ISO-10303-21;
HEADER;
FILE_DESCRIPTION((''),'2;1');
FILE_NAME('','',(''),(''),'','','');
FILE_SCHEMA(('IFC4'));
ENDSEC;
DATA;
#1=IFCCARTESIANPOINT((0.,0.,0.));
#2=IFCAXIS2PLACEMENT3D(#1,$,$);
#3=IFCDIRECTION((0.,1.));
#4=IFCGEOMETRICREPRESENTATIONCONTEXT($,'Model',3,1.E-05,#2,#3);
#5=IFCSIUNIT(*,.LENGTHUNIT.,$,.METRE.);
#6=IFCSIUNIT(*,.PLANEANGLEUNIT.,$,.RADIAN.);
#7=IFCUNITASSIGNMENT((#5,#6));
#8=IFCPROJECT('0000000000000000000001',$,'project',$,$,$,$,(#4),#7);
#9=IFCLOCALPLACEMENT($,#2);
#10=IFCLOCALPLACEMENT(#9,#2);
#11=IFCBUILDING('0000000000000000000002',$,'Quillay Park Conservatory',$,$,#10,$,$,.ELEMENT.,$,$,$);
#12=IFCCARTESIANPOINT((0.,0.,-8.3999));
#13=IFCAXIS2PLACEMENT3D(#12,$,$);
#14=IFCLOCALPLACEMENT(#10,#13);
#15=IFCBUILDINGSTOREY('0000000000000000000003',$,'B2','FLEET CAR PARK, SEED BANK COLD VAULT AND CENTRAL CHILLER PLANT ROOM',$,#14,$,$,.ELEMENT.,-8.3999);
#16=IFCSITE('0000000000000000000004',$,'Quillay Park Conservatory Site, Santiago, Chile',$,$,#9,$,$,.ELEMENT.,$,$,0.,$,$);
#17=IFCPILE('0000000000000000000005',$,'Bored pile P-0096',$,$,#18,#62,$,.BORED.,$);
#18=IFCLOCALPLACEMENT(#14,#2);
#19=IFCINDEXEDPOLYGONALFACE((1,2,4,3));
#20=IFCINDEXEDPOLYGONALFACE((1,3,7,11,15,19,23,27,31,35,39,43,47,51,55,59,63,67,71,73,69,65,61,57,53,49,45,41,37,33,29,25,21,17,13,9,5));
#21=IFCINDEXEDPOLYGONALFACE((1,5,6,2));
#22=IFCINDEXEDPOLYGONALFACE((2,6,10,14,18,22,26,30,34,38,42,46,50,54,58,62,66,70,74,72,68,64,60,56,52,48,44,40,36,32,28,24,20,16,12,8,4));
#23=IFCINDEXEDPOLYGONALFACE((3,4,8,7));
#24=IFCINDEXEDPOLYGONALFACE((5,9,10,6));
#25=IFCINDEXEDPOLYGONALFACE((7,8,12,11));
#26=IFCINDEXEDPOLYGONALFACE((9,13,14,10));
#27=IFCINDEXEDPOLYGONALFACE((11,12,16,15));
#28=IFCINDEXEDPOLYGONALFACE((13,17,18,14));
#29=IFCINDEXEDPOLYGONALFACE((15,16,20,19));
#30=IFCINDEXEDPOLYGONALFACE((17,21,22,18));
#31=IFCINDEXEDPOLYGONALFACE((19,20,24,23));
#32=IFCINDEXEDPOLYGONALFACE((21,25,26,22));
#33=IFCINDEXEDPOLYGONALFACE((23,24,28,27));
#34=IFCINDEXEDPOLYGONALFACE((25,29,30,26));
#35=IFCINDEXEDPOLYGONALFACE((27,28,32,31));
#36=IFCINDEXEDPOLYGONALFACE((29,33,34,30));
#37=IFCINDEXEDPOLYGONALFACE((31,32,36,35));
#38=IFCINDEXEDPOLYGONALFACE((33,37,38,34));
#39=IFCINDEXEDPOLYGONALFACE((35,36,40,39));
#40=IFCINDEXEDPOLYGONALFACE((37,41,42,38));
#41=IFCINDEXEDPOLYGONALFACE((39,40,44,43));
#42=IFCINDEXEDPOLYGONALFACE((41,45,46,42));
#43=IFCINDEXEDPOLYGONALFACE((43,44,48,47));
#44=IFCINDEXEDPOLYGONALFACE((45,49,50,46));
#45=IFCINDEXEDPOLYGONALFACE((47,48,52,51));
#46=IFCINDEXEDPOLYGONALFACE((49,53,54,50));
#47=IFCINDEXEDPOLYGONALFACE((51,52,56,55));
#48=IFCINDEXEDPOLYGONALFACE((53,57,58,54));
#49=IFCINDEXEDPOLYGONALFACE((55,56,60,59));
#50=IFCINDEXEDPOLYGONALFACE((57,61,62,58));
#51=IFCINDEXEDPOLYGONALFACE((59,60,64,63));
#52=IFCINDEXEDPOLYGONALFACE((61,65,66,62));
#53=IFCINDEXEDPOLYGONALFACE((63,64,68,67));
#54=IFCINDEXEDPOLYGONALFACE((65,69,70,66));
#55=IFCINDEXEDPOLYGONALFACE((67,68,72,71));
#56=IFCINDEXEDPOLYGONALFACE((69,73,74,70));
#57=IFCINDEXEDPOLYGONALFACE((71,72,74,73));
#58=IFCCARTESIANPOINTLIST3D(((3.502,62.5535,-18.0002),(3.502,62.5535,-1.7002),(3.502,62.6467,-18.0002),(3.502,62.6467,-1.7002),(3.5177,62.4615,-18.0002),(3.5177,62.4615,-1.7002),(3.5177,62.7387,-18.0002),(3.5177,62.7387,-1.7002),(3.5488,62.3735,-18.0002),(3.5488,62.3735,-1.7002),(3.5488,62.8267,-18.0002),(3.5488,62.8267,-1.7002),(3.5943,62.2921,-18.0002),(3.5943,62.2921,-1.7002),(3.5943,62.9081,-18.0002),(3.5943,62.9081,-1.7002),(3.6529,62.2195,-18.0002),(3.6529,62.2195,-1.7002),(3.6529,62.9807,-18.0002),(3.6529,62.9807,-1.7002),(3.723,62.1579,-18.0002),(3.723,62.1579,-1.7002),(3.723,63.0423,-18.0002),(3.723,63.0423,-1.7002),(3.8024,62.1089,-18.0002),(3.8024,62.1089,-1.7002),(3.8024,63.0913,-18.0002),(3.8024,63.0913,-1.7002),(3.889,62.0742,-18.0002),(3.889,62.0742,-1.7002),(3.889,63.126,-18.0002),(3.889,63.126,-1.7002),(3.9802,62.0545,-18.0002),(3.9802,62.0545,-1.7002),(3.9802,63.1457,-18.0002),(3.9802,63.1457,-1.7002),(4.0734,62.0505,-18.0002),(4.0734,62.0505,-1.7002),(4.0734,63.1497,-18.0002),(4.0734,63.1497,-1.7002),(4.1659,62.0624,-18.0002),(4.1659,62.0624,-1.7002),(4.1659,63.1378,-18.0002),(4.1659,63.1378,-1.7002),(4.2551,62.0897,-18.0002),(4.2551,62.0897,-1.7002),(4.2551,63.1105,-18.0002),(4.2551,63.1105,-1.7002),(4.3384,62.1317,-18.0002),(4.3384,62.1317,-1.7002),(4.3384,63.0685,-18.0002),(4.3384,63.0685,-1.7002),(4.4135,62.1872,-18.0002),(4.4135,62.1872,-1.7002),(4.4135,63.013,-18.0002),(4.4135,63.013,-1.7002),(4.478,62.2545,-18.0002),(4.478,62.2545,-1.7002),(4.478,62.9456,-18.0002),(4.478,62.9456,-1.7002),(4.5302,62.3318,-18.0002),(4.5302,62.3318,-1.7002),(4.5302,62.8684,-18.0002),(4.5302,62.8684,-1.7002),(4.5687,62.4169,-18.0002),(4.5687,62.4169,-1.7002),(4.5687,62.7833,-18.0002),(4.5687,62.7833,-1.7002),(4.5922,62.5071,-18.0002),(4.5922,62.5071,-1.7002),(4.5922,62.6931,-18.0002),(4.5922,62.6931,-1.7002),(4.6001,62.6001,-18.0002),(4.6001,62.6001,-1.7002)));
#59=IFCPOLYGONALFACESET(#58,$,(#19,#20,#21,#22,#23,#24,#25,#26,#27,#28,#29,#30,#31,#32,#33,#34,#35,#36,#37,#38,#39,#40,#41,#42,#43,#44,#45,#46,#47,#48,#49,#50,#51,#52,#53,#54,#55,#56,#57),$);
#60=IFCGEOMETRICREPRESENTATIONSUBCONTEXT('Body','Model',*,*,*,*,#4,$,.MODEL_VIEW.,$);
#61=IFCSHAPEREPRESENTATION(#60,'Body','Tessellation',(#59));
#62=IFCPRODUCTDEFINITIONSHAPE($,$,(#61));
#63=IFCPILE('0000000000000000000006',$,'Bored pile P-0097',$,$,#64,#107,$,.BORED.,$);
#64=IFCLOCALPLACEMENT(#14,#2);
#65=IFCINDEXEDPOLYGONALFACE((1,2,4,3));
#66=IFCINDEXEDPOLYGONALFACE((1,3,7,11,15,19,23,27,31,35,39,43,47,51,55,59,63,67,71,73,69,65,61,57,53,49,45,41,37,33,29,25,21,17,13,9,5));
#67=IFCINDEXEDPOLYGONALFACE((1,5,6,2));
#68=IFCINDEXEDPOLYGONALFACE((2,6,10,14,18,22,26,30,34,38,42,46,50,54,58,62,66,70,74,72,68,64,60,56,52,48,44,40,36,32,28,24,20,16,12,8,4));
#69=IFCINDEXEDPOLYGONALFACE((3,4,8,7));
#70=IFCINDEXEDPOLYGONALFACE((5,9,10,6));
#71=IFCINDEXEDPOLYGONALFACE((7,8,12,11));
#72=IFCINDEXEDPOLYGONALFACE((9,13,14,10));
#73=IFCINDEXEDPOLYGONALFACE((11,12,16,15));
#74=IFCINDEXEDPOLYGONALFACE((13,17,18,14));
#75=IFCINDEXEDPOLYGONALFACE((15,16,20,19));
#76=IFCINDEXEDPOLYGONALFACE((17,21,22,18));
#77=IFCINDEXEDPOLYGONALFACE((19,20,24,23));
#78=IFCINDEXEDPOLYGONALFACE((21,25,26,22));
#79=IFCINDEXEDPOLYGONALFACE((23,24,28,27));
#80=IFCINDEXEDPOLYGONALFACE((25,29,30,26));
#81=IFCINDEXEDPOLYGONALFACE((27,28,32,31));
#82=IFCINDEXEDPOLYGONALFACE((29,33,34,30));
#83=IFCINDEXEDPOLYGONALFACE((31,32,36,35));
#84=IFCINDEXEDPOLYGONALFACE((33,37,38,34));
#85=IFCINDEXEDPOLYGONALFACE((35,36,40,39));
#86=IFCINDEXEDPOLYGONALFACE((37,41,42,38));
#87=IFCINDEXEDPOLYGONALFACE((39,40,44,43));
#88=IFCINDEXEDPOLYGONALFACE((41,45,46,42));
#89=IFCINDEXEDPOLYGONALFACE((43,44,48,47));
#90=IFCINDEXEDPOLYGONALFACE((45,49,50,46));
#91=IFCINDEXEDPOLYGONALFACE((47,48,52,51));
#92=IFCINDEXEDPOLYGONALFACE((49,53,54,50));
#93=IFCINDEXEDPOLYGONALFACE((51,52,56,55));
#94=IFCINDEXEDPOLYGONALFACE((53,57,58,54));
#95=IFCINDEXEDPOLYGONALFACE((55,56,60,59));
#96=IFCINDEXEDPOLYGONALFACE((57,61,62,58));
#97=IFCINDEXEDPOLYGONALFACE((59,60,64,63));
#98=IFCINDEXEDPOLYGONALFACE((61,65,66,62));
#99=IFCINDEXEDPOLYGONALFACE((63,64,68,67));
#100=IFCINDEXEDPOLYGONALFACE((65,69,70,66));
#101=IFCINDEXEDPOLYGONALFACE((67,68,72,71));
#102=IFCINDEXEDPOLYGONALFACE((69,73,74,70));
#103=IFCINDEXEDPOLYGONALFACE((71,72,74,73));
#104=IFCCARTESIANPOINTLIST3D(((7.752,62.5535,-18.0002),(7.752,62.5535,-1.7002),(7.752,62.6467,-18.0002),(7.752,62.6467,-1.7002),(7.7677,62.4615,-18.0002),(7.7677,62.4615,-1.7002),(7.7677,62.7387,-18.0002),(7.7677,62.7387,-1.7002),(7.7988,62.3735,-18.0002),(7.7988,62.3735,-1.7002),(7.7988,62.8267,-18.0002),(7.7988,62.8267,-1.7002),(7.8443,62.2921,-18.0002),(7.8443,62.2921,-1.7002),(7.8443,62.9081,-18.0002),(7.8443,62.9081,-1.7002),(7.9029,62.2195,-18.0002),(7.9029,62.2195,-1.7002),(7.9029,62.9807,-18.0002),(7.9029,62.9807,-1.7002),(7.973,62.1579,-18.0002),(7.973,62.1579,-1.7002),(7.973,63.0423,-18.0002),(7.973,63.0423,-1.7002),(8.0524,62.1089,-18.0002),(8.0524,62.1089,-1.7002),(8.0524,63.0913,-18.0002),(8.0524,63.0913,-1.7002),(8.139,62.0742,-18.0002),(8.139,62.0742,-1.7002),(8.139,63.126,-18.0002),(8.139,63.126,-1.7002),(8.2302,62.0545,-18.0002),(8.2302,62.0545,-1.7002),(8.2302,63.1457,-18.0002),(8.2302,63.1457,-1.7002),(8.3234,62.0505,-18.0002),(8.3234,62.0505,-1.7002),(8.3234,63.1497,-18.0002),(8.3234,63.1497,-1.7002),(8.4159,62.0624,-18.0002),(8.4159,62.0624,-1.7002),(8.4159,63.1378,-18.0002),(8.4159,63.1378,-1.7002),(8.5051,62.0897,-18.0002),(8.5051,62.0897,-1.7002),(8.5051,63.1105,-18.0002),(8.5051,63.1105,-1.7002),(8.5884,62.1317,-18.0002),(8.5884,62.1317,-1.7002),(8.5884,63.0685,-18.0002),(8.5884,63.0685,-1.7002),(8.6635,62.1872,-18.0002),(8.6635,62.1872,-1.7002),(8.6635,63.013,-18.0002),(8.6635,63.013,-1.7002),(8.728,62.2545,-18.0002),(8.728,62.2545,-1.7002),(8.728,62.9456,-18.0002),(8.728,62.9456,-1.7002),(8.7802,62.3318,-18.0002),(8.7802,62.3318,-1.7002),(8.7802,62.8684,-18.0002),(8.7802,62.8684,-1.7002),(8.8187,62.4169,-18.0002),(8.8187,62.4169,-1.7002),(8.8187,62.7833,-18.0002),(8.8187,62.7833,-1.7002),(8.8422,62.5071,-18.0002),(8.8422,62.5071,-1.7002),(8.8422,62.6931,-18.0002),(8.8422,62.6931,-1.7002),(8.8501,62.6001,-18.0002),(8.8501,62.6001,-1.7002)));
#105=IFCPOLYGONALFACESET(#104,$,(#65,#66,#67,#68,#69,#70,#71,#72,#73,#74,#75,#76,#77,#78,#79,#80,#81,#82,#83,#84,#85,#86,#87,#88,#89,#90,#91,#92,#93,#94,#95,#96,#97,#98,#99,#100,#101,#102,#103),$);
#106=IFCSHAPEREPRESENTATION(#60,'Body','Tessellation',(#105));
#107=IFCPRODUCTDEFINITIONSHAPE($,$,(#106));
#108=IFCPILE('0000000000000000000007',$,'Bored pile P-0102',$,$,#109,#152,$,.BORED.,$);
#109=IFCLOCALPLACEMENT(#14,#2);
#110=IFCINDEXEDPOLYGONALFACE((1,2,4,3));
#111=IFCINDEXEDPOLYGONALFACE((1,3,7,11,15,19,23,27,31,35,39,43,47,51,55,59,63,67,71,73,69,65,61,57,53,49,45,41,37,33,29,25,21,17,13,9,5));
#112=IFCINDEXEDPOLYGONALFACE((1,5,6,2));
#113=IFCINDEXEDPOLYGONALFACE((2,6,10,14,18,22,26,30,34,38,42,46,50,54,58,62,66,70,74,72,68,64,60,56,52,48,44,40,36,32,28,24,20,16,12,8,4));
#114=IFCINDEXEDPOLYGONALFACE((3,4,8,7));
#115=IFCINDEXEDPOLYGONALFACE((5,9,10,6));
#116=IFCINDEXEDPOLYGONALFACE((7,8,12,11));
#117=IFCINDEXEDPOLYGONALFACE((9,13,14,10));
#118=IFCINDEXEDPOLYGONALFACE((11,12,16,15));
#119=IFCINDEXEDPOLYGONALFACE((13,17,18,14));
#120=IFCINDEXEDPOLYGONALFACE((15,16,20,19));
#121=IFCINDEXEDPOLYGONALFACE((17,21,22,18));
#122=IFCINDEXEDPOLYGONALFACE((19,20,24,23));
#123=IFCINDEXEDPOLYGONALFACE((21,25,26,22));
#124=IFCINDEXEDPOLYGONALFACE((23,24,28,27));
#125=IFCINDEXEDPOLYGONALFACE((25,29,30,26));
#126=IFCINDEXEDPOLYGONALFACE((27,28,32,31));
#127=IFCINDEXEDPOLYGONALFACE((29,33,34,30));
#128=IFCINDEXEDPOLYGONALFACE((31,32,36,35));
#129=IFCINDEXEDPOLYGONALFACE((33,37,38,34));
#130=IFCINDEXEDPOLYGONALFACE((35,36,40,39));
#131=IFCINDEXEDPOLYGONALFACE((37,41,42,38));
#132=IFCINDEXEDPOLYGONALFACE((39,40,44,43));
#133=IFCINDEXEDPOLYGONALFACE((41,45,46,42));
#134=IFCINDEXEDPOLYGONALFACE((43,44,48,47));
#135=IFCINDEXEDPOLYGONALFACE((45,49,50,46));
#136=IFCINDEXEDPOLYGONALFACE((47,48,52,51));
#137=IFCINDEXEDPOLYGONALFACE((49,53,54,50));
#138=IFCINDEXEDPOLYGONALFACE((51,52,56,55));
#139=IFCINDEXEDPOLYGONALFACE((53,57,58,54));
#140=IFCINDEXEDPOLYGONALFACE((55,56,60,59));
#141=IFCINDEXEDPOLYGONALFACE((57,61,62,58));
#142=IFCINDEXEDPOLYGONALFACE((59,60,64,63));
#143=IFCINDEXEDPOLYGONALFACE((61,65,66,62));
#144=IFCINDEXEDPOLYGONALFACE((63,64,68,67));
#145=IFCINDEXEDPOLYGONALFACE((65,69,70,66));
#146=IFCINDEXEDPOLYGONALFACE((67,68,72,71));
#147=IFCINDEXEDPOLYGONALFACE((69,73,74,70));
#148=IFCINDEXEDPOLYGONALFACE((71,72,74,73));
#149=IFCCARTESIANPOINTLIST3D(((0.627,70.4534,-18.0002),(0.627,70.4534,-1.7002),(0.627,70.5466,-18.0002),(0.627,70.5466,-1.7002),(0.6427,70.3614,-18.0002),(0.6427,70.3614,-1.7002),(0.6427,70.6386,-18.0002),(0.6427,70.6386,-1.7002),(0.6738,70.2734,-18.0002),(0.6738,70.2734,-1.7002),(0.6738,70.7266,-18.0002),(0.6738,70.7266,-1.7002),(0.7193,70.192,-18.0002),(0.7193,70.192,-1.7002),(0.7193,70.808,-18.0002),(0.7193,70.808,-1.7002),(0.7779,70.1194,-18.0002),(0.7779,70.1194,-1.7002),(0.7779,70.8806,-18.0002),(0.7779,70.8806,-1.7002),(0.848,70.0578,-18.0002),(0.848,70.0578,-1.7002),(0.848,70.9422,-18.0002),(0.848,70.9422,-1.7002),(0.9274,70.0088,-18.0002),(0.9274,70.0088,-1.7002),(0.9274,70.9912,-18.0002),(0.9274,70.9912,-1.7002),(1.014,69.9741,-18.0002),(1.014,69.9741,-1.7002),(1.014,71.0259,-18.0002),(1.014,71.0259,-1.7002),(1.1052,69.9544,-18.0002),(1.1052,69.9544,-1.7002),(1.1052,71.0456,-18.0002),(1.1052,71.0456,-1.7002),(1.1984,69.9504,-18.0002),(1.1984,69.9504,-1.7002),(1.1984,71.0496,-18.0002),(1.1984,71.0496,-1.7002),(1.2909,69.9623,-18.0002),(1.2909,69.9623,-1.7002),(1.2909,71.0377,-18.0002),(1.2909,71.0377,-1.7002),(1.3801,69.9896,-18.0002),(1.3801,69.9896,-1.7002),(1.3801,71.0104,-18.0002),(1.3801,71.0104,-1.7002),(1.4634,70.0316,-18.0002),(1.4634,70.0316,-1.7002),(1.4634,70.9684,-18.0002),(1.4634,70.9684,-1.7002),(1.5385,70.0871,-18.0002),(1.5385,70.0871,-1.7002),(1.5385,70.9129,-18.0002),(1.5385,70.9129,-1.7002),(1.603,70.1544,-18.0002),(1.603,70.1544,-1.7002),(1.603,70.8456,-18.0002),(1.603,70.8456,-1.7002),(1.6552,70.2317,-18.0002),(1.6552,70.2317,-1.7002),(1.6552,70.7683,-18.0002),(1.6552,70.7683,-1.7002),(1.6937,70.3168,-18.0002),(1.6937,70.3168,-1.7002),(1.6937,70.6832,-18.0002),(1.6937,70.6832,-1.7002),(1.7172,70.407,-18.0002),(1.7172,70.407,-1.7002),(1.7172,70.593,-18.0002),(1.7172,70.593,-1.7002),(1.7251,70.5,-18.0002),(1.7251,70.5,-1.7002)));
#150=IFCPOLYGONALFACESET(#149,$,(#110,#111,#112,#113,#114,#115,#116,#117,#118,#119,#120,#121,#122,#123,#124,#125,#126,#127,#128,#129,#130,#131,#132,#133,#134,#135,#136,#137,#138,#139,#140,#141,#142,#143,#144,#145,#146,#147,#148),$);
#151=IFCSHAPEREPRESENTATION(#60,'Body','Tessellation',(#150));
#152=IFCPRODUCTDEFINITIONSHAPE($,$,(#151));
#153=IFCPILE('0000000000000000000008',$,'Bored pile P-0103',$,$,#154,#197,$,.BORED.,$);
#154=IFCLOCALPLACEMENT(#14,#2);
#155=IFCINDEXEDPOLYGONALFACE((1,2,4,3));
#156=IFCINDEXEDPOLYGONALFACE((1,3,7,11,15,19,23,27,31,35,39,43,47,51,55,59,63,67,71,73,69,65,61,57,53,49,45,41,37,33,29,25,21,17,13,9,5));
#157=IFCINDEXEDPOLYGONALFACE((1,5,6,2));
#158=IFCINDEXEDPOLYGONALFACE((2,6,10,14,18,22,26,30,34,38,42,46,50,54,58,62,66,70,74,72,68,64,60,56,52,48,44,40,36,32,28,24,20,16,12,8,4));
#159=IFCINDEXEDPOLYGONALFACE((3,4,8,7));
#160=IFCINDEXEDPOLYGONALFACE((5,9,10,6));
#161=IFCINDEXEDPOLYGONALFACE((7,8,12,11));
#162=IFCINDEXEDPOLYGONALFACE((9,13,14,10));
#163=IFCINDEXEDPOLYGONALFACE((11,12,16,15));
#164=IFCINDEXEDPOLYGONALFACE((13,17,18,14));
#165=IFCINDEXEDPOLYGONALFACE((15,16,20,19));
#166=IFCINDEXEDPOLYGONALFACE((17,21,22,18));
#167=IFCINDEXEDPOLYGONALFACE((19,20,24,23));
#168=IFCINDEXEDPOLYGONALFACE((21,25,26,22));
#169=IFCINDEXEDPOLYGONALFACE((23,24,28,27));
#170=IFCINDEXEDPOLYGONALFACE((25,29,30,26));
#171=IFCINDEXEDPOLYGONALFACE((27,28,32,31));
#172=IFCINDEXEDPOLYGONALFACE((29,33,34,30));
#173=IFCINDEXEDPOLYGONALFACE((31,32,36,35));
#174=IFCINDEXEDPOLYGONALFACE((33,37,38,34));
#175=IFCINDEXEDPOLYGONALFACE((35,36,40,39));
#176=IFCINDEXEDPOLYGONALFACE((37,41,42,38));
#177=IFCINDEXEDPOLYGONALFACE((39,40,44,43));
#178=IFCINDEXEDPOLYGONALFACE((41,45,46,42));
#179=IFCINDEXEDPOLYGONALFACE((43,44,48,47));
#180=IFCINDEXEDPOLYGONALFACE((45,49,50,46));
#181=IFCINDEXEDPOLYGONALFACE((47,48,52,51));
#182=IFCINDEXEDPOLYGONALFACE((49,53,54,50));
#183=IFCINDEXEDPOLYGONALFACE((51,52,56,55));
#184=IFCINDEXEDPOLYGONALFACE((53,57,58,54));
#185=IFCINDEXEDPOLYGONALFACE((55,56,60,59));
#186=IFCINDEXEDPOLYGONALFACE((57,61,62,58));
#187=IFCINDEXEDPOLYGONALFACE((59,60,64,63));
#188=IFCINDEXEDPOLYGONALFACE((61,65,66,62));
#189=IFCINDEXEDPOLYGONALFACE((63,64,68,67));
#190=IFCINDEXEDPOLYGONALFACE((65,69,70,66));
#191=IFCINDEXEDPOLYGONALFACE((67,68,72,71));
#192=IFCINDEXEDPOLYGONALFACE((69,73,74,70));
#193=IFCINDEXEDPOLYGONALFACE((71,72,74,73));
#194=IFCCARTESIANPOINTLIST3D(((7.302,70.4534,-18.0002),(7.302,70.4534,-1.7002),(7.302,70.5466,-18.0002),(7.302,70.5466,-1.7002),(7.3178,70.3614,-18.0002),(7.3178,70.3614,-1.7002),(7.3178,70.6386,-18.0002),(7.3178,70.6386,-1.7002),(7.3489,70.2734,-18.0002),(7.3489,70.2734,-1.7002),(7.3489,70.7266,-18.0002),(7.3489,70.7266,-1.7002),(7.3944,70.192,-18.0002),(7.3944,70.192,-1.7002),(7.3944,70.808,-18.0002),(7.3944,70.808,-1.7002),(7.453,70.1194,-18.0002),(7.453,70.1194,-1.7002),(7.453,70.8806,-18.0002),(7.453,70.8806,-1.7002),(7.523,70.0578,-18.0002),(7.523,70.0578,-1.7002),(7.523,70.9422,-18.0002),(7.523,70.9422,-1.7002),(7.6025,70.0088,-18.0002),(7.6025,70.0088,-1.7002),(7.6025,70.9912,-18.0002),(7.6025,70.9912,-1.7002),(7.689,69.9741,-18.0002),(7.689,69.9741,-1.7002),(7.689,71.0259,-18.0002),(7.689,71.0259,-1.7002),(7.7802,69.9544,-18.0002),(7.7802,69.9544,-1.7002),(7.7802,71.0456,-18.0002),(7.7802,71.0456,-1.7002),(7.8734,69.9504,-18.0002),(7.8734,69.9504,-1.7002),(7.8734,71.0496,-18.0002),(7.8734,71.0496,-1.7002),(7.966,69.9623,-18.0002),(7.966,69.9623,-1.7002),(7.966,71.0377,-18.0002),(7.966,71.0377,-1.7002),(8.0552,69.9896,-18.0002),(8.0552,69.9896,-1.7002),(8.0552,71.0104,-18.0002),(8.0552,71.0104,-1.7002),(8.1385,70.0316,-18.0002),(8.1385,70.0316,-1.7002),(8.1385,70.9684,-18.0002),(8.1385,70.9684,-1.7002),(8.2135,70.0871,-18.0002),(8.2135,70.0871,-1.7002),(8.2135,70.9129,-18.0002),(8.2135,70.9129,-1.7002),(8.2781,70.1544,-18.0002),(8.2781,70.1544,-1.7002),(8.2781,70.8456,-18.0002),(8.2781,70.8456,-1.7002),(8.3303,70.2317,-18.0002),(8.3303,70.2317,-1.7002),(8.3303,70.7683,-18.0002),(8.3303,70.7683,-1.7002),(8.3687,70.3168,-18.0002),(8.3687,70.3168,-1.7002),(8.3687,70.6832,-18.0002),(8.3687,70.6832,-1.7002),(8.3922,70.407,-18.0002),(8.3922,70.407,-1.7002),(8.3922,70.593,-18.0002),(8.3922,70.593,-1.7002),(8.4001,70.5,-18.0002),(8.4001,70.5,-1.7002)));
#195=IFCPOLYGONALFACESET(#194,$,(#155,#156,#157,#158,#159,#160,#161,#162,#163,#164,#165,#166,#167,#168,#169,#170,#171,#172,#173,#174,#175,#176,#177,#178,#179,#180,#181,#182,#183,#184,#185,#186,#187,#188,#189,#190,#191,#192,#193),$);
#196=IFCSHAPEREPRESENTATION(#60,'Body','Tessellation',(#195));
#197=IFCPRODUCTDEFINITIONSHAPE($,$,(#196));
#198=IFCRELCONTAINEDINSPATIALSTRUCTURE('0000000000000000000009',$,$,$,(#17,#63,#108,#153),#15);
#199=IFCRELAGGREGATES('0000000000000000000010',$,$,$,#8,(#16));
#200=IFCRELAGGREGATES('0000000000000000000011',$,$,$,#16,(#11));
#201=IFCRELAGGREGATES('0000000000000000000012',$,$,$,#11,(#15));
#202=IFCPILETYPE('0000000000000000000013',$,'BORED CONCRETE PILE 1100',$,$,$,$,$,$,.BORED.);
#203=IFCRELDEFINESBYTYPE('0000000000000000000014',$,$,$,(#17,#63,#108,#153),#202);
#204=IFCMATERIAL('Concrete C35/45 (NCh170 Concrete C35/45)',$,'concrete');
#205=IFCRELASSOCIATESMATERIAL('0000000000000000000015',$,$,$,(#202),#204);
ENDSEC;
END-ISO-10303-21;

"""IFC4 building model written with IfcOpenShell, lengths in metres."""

from ifc_helpers import new_model, si_unit, direction, frame, origin, origin_2d, place, context, subcontext, project, spatial, circle, extrude, material, material_profile, profile_set, type_object, element, save


model = new_model("IFC4")

# Units and contexts
model_context = context("Model", 3, precision=1e-05, world=origin(), true_north=direction((0.0, 1.0)))
body_context = subcontext(model_context, "Body", "Model", "MODEL_VIEW")
ifc_project = project(units=[si_unit("LENGTHUNIT", "METRE"), si_unit("PLANEANGLEUNIT", "RADIAN")], contexts=[model_context])

# Site, building, storey
site_placement = place(None, origin())
site = spatial("IfcSite", under=ifc_project, at=site_placement, Name="Quillay Park Conservatory Site, Santiago, Chile", CompositionType="ELEMENT", RefElevation=0.0)
building_placement = place(site_placement, origin())
building = spatial("IfcBuilding", under=site, at=building_placement, Name="Quillay Park Conservatory", CompositionType="ELEMENT")
storey_placement = place(building_placement, frame((0.0, 0.0, -8.3999)))
storey = spatial("IfcBuildingStorey", under=building, at=storey_placement, Name="B2", Description="FLEET CAR PARK, SEED BANK COLD VAULT AND CENTRAL CHILLER PLANT ROOM", CompositionType="ELEMENT", Elevation=-8.3999)

# Piles
ifc_material_1 = material(Name="Concrete C35/45 (NCh170 Concrete C35/45)", Category="concrete")
ifc_material_profile_1 = material_profile(ifc_material_1, circle(Radius=0.55, at=origin_2d()), Name="PILE1100")
ifc_profile_set_1 = profile_set([ifc_material_profile_1], Name="Concrete C35/45 (NCh170 Concrete C35/45)")
pile_type = type_object("IfcPileType", Name="BORED CONCRETE PILE 1100", PredefinedType="BORED", material=ifc_profile_set_1)
for number, where, z_axis, x_axis, name in (
    (1, (4.05, 62.6001, -1.7002), (0.0, 0.0, -1.0), (1.0, 0.0, 0.0), "Bored pile P-0096"),
    (2, (8.3, 62.6001, -1.7002), (0.0, 0.0, -1.0), (1.0, 0.0, 0.0), "Bored pile P-0097"),
    (3, (1.175, 70.5, -1.7002), (0.0, 0.0, -1.0), (1.0, 0.0, 0.0), "Bored pile P-0102"),
    (4, (7.8501, 70.5, -1.7002), (0.0, 0.0, -1.0), (1.0, 0.0, 0.0), "Bored pile P-0103"),
):
    element("IfcPile", number, at=place(storey_placement, frame(where, z_axis=z_axis, x_axis=x_axis)), inside=storey, type_object=pile_type, Name=name, PredefinedType="BORED", context=body_context, shape_type="SweptSolid", body=[
        extrude(circle(Radius=0.55, at=origin_2d()), origin(), (0.0, 0.0, 1.0), 16.3),
    ])

save(model, "model.ifc")
